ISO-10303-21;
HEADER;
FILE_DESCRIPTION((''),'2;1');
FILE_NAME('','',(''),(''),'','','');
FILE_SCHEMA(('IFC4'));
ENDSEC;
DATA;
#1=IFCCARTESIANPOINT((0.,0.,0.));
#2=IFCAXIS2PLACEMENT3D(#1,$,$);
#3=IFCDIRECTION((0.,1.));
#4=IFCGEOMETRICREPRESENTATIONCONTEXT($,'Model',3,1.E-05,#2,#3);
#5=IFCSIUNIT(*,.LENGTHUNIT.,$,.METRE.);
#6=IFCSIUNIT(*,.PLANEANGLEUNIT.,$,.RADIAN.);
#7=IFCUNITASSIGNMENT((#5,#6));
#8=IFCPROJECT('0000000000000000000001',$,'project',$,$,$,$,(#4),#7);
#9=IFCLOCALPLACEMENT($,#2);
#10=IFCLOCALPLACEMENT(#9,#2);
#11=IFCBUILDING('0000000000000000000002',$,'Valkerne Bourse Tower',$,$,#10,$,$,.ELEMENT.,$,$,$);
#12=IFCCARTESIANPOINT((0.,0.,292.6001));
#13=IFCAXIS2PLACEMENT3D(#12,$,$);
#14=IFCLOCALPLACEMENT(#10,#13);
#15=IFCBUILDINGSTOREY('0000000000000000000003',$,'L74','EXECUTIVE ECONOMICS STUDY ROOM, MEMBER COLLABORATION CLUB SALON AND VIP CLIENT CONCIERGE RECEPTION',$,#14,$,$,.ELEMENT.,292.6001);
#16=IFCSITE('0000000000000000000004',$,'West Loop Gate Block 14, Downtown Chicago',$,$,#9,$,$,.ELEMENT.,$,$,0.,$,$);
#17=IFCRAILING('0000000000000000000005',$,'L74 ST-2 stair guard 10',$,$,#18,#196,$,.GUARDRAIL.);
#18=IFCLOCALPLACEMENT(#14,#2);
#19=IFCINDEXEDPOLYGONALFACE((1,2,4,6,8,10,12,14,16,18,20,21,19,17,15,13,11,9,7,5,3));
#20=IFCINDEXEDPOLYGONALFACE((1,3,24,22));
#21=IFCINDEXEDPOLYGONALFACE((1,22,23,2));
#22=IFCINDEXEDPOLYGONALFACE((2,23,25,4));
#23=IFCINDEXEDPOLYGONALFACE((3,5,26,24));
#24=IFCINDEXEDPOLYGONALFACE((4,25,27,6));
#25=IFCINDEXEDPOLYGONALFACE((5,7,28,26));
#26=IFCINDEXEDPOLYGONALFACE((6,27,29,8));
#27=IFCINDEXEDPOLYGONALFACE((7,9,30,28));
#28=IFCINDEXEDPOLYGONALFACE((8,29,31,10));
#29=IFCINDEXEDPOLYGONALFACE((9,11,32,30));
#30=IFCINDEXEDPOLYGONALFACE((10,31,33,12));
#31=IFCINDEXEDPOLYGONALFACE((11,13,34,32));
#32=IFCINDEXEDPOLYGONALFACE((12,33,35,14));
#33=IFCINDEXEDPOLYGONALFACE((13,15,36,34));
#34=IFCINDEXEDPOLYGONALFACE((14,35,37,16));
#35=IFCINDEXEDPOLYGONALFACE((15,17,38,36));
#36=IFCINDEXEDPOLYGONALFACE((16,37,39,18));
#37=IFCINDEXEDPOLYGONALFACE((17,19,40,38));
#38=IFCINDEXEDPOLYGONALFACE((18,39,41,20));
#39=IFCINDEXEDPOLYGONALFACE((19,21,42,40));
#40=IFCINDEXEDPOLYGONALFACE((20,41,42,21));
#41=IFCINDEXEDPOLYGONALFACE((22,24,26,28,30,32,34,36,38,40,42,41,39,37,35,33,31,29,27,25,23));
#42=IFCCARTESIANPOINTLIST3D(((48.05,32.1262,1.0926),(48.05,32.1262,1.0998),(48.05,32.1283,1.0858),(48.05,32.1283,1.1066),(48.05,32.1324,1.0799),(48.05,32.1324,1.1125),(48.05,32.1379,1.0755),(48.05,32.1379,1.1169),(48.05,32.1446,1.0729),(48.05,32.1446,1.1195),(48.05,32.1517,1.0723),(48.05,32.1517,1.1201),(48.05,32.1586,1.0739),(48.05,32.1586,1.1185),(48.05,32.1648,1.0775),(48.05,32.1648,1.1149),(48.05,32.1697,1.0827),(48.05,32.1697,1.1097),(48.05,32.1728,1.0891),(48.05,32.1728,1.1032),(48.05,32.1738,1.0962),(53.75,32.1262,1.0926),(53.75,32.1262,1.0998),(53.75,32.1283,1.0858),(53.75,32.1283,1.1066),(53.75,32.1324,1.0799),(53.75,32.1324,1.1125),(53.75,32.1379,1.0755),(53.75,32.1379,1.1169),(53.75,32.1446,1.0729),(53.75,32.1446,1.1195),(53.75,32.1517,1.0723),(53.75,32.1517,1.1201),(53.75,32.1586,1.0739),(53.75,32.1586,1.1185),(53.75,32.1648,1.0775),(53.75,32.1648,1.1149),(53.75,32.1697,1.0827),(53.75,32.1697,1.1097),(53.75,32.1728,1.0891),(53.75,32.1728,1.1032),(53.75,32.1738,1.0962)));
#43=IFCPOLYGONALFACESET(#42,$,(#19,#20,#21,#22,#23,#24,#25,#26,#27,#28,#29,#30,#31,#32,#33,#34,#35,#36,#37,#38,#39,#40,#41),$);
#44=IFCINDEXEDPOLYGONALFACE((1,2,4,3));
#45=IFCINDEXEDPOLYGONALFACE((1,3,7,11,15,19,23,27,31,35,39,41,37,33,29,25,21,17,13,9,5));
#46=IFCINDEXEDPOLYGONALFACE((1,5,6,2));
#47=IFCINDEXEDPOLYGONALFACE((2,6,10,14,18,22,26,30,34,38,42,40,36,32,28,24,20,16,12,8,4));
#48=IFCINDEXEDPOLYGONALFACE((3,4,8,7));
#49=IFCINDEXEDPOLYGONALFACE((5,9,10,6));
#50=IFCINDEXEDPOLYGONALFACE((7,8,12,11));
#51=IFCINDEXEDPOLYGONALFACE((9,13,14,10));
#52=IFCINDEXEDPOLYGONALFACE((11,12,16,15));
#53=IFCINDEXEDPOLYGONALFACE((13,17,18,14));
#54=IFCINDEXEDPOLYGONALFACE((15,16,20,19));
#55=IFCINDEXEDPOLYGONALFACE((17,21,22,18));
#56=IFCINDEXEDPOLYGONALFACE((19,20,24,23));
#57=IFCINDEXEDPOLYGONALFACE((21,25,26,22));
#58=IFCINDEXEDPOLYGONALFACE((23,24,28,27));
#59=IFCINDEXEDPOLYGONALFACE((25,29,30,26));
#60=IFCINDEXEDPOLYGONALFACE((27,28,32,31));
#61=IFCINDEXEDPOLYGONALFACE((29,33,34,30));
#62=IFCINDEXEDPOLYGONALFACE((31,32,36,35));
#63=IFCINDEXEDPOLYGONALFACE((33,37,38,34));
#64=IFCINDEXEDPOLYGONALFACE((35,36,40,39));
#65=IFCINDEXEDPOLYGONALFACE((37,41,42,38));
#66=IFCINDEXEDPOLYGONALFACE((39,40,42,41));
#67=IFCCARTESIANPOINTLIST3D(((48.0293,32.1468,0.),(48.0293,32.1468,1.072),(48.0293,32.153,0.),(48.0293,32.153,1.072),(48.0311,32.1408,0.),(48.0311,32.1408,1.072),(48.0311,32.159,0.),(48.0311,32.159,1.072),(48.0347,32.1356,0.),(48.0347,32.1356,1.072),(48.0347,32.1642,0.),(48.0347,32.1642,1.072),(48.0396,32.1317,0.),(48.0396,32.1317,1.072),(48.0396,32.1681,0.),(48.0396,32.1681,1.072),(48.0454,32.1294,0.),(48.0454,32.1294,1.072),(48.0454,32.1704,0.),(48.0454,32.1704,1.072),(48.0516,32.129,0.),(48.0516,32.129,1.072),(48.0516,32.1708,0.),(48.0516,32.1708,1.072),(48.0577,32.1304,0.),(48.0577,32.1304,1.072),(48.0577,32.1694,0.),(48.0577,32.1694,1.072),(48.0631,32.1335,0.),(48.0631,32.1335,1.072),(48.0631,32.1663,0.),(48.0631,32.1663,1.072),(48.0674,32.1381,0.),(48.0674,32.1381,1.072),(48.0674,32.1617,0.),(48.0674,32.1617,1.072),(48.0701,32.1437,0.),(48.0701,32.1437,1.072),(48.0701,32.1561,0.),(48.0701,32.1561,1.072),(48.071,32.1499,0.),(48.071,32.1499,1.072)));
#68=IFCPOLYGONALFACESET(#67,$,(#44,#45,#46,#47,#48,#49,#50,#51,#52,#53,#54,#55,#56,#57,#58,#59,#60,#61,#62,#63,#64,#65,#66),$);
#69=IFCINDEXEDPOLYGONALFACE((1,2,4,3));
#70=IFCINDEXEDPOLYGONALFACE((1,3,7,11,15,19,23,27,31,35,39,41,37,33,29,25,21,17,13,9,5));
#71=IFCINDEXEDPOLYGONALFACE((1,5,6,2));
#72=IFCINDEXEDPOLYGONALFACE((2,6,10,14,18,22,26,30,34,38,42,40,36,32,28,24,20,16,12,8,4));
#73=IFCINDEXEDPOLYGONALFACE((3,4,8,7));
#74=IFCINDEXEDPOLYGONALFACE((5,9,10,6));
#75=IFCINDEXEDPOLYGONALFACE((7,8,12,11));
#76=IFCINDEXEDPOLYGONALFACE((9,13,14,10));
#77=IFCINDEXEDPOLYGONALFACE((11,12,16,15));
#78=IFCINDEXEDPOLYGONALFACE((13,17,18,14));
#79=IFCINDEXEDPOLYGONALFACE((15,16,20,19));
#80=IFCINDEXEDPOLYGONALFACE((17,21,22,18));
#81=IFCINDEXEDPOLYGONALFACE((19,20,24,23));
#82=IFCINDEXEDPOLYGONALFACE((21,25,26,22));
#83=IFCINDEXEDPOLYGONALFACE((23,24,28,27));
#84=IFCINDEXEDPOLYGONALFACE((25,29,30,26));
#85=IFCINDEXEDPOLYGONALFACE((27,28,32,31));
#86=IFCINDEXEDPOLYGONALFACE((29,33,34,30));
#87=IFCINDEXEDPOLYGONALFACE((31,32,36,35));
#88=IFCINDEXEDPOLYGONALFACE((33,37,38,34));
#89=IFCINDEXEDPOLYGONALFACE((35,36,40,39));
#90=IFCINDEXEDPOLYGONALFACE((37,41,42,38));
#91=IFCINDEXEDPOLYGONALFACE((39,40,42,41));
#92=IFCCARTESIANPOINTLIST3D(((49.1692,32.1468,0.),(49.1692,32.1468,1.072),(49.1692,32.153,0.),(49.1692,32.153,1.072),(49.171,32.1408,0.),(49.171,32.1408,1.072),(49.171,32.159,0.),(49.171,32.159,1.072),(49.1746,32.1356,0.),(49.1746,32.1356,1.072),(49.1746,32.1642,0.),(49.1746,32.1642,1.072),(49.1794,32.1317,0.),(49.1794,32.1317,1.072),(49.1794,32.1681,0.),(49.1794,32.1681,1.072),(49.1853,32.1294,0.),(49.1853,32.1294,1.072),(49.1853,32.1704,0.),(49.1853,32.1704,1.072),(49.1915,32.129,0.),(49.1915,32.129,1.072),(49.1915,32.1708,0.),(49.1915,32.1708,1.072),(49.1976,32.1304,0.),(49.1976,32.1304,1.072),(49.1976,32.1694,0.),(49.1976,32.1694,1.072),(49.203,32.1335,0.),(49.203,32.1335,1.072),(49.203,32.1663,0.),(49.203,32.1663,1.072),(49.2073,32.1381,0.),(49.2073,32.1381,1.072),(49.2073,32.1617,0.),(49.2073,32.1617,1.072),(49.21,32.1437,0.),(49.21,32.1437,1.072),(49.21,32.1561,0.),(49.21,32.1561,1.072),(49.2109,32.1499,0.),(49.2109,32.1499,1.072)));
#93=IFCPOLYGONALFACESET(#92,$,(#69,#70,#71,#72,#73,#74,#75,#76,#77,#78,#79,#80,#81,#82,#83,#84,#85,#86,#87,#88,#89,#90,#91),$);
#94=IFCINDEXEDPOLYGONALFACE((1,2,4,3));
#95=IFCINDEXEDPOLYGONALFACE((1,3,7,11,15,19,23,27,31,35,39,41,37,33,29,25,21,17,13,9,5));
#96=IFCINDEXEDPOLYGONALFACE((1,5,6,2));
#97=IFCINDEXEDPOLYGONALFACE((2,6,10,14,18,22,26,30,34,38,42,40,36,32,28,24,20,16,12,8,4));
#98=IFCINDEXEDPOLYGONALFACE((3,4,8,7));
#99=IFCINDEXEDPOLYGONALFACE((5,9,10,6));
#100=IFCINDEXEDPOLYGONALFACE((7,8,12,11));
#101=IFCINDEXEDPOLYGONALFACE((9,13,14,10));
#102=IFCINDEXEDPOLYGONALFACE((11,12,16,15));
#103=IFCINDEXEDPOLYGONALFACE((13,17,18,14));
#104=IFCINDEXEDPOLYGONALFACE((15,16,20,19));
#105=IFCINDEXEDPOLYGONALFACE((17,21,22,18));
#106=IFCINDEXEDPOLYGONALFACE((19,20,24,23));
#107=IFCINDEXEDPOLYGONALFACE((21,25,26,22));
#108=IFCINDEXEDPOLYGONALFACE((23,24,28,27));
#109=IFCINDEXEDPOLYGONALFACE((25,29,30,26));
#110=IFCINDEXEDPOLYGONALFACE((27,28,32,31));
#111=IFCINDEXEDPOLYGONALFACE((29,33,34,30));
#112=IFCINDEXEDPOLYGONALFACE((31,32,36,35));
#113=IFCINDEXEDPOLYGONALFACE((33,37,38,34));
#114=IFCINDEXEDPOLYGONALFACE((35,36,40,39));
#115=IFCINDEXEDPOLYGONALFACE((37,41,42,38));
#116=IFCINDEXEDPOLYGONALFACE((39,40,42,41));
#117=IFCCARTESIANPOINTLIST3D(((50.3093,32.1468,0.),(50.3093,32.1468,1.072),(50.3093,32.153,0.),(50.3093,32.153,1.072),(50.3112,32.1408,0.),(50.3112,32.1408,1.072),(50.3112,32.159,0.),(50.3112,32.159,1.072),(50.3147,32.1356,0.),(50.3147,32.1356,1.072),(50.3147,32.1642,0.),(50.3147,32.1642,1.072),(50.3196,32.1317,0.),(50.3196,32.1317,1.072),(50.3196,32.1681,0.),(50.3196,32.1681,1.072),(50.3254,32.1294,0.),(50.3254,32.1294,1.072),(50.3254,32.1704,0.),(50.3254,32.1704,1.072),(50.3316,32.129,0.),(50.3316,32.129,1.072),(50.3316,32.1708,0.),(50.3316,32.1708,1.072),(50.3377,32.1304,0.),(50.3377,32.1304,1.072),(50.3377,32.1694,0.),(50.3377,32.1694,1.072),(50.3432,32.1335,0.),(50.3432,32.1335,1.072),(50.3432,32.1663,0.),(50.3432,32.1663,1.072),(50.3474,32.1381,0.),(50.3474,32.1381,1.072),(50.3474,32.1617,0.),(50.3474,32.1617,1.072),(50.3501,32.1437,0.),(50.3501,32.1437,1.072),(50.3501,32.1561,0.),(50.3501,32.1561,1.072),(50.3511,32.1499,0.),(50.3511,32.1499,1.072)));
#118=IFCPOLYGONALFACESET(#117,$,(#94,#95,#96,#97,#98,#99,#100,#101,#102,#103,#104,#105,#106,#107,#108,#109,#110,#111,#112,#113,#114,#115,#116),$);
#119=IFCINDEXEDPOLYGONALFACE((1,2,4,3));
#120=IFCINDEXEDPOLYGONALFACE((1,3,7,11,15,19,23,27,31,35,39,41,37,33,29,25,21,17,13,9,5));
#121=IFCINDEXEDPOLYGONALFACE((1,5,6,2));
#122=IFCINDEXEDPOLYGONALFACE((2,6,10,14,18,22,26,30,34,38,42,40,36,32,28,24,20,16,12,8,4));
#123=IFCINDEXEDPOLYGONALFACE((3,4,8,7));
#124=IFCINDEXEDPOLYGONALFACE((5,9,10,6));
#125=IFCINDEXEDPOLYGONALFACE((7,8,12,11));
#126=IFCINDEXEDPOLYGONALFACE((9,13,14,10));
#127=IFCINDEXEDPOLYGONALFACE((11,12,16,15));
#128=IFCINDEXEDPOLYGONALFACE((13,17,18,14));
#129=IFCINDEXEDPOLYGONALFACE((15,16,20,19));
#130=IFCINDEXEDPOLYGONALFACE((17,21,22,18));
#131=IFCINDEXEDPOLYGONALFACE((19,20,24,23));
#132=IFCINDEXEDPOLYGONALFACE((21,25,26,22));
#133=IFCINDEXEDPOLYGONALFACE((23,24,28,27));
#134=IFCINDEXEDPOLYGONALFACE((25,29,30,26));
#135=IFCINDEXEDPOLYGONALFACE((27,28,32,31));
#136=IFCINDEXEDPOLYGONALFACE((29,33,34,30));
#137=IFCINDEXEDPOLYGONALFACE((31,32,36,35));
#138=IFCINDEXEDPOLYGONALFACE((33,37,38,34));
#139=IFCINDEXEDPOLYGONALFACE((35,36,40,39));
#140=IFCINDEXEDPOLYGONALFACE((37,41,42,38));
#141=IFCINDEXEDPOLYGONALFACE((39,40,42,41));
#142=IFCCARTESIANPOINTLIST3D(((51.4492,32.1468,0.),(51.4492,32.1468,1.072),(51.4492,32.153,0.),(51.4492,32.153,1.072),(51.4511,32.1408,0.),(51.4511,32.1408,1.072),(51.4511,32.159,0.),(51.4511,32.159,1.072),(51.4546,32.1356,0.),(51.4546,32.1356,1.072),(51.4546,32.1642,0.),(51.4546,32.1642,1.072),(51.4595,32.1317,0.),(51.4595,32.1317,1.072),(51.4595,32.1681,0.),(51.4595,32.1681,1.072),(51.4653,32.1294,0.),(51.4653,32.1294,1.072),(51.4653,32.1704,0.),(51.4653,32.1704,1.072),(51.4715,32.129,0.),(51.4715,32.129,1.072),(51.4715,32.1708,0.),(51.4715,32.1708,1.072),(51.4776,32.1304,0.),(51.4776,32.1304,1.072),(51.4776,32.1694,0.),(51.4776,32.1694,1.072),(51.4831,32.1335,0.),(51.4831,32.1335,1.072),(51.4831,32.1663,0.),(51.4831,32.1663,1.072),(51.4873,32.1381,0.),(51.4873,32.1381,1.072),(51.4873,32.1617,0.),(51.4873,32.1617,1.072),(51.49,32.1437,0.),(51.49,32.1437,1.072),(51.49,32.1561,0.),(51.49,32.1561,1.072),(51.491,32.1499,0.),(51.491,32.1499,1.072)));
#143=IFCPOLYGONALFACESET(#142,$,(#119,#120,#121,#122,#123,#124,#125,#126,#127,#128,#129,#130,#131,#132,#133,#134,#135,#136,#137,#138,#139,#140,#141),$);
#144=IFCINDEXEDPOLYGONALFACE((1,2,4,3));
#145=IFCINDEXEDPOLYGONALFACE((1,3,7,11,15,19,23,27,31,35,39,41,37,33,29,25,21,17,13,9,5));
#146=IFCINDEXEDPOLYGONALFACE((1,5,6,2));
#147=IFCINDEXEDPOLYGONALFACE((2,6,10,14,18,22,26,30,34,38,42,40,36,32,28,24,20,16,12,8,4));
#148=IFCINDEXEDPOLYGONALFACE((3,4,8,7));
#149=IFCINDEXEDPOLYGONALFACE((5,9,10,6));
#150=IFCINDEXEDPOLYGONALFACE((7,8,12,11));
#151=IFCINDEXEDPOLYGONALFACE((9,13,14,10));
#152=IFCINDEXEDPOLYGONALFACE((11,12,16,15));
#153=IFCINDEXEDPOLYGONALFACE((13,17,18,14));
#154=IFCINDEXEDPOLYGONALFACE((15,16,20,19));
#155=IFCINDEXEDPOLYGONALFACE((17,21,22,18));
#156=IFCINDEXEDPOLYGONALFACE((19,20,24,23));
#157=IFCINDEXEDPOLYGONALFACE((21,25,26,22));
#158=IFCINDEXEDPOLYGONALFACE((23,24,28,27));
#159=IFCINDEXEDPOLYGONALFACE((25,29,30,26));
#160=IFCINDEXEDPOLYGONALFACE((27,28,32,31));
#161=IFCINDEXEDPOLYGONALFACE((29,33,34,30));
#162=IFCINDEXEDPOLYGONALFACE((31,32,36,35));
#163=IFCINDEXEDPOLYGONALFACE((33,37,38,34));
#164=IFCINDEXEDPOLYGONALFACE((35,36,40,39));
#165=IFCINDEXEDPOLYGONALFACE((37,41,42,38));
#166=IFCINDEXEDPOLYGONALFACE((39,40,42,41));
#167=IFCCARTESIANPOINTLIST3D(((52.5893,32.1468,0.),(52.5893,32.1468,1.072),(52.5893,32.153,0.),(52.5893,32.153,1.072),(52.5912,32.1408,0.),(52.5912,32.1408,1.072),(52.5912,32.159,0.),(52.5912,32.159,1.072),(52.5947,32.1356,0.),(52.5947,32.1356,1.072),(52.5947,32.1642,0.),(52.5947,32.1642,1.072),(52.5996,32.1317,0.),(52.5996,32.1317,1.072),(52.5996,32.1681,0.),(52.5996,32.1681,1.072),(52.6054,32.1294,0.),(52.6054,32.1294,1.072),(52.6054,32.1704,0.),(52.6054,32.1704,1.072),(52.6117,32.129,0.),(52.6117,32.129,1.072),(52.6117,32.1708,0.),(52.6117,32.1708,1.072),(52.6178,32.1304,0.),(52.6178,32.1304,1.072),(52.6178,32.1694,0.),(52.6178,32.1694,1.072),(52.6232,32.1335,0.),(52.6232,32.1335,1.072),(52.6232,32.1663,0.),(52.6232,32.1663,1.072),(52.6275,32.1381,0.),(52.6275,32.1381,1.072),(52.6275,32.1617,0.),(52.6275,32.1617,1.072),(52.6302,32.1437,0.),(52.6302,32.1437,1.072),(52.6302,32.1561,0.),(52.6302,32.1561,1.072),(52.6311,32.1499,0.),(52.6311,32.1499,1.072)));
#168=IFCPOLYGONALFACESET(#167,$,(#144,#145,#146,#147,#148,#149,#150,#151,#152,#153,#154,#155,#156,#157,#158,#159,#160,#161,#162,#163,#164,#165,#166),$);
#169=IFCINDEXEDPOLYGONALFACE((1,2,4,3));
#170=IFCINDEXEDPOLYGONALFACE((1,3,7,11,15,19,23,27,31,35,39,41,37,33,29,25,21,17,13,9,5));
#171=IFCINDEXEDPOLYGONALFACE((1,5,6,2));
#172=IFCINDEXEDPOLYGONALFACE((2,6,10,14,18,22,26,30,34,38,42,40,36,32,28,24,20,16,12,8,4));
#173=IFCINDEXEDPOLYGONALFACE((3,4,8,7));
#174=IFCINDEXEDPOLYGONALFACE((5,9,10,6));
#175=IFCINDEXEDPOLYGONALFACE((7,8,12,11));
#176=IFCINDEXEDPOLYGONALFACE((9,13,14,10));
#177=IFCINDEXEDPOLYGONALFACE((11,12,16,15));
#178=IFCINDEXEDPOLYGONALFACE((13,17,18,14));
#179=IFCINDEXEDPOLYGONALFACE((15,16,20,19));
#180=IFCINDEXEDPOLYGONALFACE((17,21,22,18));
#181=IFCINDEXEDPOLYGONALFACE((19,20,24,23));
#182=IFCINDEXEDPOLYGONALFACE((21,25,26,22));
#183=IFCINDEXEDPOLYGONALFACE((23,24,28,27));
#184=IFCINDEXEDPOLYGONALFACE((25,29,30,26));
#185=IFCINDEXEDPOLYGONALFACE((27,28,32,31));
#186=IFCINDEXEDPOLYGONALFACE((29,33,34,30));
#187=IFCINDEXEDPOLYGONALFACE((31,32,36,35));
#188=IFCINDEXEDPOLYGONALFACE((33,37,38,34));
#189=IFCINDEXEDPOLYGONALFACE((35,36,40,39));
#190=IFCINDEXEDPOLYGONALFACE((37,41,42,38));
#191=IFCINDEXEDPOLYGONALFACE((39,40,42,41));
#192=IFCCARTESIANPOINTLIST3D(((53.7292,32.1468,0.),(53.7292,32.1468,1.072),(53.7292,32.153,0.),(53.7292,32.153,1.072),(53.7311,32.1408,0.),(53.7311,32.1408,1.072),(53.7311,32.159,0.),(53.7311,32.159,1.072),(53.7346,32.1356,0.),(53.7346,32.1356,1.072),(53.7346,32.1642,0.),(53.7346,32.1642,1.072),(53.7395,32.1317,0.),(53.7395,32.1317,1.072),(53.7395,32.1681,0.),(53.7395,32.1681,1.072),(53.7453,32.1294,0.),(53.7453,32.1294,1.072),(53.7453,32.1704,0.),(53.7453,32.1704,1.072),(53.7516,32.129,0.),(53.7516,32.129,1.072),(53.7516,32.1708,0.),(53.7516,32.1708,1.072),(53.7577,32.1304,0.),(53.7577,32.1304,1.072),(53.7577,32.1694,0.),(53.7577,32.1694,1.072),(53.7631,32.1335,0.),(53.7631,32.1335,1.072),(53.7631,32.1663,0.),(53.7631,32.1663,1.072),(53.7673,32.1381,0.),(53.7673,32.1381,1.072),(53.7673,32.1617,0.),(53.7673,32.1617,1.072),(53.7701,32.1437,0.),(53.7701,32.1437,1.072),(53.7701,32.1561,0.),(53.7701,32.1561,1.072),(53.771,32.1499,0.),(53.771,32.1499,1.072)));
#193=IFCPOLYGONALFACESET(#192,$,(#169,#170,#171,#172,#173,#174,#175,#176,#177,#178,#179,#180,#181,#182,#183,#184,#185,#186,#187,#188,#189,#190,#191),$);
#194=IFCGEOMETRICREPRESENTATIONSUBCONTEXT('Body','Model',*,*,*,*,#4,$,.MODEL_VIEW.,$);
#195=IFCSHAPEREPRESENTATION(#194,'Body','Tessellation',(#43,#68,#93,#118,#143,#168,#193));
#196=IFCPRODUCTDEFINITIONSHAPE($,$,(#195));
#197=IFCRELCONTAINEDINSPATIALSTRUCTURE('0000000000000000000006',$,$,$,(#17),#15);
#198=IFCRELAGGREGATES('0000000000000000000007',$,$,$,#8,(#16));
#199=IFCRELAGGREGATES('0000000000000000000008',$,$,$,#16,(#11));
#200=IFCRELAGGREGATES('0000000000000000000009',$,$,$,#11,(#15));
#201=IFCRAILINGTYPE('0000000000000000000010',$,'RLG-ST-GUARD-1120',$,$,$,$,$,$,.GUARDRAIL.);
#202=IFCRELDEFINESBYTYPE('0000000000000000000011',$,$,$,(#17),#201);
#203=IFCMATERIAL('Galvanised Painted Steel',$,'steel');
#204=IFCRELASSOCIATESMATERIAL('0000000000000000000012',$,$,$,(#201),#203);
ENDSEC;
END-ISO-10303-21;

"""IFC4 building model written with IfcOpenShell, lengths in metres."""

from ifc_helpers import new_model, si_unit, direction, frame, origin, origin_2d, place, context, subcontext, project, spatial, circle, extrude, material, type_object, element, save


model = new_model("IFC4")

# Units and contexts
model_context = context("Model", 3, precision=1e-05, world=origin(), true_north=direction((0.0, 1.0)))
body_context = subcontext(model_context, "Body", "Model", "MODEL_VIEW")
ifc_project = project(units=[si_unit("LENGTHUNIT", "METRE"), si_unit("PLANEANGLEUNIT", "RADIAN")], contexts=[model_context])

# Site, building, storey
site_placement = place(None, origin())
site = spatial("IfcSite", under=ifc_project, at=site_placement, Name="West Loop Gate Block 14, Downtown Chicago", CompositionType="ELEMENT", RefElevation=0.0)
building_placement = place(site_placement, origin())
building = spatial("IfcBuilding", under=site, at=building_placement, Name="Valkerne Bourse Tower", CompositionType="ELEMENT")
storey_placement = place(building_placement, frame((0.0, 0.0, 292.6001)))
storey = spatial("IfcBuildingStorey", under=building, at=storey_placement, Name="L74", Description="EXECUTIVE ECONOMICS STUDY ROOM, MEMBER COLLABORATION CLUB SALON AND VIP CLIENT CONCIERGE RECEPTION", CompositionType="ELEMENT", Elevation=292.6001)

# Shared definitions
ifc_material_1 = material(Name="Galvanised Painted Steel", Category="steel")

# Railing
railing_type_1 = type_object("IfcRailingType", Name="RLG-ST-GUARD-1120", PredefinedType="GUARDRAIL", material=ifc_material_1)
railing_1_placement = place(storey_placement, frame((48.05, 32.1499, 0.0)))
element("IfcRailing", 1, at=railing_1_placement, inside=storey, type_object=railing_type_1, Name="L74 ST-2 stair guard 10", PredefinedType="GUARDRAIL", context=body_context, shape_type="SweptSolid", body=[
    extrude(circle(Radius=0.0239, at=origin_2d()), frame((0.0, 0.0, 1.0962), z_axis=(1.0, 0.0, 0.0), x_axis=(0.0, 1.0, 0.0)), (0.0, 0.0, 1.0), 5.7),
    extrude(circle(Radius=0.021, at=origin_2d()), origin(), (0.0, 0.0, 1.0), 1.072),
    extrude(circle(Radius=0.021, at=origin_2d()), frame((1.1399, 0.0, 0.0)), (0.0, 0.0, 1.0), 1.072),
    extrude(circle(Radius=0.021, at=origin_2d()), frame((2.28, 0.0, 0.0)), (0.0, 0.0, 1.0), 1.072),
    extrude(circle(Radius=0.021, at=origin_2d()), frame((3.4199, 0.0, 0.0)), (0.0, 0.0, 1.0), 1.072),
    extrude(circle(Radius=0.021, at=origin_2d()), frame((4.5601, 0.0, 0.0)), (0.0, 0.0, 1.0), 1.072),
    extrude(circle(Radius=0.021, at=origin_2d()), frame((5.7, 0.0, 0.0)), (0.0, 0.0, 1.0), 1.072),
])

save(model, "model.ifc")
